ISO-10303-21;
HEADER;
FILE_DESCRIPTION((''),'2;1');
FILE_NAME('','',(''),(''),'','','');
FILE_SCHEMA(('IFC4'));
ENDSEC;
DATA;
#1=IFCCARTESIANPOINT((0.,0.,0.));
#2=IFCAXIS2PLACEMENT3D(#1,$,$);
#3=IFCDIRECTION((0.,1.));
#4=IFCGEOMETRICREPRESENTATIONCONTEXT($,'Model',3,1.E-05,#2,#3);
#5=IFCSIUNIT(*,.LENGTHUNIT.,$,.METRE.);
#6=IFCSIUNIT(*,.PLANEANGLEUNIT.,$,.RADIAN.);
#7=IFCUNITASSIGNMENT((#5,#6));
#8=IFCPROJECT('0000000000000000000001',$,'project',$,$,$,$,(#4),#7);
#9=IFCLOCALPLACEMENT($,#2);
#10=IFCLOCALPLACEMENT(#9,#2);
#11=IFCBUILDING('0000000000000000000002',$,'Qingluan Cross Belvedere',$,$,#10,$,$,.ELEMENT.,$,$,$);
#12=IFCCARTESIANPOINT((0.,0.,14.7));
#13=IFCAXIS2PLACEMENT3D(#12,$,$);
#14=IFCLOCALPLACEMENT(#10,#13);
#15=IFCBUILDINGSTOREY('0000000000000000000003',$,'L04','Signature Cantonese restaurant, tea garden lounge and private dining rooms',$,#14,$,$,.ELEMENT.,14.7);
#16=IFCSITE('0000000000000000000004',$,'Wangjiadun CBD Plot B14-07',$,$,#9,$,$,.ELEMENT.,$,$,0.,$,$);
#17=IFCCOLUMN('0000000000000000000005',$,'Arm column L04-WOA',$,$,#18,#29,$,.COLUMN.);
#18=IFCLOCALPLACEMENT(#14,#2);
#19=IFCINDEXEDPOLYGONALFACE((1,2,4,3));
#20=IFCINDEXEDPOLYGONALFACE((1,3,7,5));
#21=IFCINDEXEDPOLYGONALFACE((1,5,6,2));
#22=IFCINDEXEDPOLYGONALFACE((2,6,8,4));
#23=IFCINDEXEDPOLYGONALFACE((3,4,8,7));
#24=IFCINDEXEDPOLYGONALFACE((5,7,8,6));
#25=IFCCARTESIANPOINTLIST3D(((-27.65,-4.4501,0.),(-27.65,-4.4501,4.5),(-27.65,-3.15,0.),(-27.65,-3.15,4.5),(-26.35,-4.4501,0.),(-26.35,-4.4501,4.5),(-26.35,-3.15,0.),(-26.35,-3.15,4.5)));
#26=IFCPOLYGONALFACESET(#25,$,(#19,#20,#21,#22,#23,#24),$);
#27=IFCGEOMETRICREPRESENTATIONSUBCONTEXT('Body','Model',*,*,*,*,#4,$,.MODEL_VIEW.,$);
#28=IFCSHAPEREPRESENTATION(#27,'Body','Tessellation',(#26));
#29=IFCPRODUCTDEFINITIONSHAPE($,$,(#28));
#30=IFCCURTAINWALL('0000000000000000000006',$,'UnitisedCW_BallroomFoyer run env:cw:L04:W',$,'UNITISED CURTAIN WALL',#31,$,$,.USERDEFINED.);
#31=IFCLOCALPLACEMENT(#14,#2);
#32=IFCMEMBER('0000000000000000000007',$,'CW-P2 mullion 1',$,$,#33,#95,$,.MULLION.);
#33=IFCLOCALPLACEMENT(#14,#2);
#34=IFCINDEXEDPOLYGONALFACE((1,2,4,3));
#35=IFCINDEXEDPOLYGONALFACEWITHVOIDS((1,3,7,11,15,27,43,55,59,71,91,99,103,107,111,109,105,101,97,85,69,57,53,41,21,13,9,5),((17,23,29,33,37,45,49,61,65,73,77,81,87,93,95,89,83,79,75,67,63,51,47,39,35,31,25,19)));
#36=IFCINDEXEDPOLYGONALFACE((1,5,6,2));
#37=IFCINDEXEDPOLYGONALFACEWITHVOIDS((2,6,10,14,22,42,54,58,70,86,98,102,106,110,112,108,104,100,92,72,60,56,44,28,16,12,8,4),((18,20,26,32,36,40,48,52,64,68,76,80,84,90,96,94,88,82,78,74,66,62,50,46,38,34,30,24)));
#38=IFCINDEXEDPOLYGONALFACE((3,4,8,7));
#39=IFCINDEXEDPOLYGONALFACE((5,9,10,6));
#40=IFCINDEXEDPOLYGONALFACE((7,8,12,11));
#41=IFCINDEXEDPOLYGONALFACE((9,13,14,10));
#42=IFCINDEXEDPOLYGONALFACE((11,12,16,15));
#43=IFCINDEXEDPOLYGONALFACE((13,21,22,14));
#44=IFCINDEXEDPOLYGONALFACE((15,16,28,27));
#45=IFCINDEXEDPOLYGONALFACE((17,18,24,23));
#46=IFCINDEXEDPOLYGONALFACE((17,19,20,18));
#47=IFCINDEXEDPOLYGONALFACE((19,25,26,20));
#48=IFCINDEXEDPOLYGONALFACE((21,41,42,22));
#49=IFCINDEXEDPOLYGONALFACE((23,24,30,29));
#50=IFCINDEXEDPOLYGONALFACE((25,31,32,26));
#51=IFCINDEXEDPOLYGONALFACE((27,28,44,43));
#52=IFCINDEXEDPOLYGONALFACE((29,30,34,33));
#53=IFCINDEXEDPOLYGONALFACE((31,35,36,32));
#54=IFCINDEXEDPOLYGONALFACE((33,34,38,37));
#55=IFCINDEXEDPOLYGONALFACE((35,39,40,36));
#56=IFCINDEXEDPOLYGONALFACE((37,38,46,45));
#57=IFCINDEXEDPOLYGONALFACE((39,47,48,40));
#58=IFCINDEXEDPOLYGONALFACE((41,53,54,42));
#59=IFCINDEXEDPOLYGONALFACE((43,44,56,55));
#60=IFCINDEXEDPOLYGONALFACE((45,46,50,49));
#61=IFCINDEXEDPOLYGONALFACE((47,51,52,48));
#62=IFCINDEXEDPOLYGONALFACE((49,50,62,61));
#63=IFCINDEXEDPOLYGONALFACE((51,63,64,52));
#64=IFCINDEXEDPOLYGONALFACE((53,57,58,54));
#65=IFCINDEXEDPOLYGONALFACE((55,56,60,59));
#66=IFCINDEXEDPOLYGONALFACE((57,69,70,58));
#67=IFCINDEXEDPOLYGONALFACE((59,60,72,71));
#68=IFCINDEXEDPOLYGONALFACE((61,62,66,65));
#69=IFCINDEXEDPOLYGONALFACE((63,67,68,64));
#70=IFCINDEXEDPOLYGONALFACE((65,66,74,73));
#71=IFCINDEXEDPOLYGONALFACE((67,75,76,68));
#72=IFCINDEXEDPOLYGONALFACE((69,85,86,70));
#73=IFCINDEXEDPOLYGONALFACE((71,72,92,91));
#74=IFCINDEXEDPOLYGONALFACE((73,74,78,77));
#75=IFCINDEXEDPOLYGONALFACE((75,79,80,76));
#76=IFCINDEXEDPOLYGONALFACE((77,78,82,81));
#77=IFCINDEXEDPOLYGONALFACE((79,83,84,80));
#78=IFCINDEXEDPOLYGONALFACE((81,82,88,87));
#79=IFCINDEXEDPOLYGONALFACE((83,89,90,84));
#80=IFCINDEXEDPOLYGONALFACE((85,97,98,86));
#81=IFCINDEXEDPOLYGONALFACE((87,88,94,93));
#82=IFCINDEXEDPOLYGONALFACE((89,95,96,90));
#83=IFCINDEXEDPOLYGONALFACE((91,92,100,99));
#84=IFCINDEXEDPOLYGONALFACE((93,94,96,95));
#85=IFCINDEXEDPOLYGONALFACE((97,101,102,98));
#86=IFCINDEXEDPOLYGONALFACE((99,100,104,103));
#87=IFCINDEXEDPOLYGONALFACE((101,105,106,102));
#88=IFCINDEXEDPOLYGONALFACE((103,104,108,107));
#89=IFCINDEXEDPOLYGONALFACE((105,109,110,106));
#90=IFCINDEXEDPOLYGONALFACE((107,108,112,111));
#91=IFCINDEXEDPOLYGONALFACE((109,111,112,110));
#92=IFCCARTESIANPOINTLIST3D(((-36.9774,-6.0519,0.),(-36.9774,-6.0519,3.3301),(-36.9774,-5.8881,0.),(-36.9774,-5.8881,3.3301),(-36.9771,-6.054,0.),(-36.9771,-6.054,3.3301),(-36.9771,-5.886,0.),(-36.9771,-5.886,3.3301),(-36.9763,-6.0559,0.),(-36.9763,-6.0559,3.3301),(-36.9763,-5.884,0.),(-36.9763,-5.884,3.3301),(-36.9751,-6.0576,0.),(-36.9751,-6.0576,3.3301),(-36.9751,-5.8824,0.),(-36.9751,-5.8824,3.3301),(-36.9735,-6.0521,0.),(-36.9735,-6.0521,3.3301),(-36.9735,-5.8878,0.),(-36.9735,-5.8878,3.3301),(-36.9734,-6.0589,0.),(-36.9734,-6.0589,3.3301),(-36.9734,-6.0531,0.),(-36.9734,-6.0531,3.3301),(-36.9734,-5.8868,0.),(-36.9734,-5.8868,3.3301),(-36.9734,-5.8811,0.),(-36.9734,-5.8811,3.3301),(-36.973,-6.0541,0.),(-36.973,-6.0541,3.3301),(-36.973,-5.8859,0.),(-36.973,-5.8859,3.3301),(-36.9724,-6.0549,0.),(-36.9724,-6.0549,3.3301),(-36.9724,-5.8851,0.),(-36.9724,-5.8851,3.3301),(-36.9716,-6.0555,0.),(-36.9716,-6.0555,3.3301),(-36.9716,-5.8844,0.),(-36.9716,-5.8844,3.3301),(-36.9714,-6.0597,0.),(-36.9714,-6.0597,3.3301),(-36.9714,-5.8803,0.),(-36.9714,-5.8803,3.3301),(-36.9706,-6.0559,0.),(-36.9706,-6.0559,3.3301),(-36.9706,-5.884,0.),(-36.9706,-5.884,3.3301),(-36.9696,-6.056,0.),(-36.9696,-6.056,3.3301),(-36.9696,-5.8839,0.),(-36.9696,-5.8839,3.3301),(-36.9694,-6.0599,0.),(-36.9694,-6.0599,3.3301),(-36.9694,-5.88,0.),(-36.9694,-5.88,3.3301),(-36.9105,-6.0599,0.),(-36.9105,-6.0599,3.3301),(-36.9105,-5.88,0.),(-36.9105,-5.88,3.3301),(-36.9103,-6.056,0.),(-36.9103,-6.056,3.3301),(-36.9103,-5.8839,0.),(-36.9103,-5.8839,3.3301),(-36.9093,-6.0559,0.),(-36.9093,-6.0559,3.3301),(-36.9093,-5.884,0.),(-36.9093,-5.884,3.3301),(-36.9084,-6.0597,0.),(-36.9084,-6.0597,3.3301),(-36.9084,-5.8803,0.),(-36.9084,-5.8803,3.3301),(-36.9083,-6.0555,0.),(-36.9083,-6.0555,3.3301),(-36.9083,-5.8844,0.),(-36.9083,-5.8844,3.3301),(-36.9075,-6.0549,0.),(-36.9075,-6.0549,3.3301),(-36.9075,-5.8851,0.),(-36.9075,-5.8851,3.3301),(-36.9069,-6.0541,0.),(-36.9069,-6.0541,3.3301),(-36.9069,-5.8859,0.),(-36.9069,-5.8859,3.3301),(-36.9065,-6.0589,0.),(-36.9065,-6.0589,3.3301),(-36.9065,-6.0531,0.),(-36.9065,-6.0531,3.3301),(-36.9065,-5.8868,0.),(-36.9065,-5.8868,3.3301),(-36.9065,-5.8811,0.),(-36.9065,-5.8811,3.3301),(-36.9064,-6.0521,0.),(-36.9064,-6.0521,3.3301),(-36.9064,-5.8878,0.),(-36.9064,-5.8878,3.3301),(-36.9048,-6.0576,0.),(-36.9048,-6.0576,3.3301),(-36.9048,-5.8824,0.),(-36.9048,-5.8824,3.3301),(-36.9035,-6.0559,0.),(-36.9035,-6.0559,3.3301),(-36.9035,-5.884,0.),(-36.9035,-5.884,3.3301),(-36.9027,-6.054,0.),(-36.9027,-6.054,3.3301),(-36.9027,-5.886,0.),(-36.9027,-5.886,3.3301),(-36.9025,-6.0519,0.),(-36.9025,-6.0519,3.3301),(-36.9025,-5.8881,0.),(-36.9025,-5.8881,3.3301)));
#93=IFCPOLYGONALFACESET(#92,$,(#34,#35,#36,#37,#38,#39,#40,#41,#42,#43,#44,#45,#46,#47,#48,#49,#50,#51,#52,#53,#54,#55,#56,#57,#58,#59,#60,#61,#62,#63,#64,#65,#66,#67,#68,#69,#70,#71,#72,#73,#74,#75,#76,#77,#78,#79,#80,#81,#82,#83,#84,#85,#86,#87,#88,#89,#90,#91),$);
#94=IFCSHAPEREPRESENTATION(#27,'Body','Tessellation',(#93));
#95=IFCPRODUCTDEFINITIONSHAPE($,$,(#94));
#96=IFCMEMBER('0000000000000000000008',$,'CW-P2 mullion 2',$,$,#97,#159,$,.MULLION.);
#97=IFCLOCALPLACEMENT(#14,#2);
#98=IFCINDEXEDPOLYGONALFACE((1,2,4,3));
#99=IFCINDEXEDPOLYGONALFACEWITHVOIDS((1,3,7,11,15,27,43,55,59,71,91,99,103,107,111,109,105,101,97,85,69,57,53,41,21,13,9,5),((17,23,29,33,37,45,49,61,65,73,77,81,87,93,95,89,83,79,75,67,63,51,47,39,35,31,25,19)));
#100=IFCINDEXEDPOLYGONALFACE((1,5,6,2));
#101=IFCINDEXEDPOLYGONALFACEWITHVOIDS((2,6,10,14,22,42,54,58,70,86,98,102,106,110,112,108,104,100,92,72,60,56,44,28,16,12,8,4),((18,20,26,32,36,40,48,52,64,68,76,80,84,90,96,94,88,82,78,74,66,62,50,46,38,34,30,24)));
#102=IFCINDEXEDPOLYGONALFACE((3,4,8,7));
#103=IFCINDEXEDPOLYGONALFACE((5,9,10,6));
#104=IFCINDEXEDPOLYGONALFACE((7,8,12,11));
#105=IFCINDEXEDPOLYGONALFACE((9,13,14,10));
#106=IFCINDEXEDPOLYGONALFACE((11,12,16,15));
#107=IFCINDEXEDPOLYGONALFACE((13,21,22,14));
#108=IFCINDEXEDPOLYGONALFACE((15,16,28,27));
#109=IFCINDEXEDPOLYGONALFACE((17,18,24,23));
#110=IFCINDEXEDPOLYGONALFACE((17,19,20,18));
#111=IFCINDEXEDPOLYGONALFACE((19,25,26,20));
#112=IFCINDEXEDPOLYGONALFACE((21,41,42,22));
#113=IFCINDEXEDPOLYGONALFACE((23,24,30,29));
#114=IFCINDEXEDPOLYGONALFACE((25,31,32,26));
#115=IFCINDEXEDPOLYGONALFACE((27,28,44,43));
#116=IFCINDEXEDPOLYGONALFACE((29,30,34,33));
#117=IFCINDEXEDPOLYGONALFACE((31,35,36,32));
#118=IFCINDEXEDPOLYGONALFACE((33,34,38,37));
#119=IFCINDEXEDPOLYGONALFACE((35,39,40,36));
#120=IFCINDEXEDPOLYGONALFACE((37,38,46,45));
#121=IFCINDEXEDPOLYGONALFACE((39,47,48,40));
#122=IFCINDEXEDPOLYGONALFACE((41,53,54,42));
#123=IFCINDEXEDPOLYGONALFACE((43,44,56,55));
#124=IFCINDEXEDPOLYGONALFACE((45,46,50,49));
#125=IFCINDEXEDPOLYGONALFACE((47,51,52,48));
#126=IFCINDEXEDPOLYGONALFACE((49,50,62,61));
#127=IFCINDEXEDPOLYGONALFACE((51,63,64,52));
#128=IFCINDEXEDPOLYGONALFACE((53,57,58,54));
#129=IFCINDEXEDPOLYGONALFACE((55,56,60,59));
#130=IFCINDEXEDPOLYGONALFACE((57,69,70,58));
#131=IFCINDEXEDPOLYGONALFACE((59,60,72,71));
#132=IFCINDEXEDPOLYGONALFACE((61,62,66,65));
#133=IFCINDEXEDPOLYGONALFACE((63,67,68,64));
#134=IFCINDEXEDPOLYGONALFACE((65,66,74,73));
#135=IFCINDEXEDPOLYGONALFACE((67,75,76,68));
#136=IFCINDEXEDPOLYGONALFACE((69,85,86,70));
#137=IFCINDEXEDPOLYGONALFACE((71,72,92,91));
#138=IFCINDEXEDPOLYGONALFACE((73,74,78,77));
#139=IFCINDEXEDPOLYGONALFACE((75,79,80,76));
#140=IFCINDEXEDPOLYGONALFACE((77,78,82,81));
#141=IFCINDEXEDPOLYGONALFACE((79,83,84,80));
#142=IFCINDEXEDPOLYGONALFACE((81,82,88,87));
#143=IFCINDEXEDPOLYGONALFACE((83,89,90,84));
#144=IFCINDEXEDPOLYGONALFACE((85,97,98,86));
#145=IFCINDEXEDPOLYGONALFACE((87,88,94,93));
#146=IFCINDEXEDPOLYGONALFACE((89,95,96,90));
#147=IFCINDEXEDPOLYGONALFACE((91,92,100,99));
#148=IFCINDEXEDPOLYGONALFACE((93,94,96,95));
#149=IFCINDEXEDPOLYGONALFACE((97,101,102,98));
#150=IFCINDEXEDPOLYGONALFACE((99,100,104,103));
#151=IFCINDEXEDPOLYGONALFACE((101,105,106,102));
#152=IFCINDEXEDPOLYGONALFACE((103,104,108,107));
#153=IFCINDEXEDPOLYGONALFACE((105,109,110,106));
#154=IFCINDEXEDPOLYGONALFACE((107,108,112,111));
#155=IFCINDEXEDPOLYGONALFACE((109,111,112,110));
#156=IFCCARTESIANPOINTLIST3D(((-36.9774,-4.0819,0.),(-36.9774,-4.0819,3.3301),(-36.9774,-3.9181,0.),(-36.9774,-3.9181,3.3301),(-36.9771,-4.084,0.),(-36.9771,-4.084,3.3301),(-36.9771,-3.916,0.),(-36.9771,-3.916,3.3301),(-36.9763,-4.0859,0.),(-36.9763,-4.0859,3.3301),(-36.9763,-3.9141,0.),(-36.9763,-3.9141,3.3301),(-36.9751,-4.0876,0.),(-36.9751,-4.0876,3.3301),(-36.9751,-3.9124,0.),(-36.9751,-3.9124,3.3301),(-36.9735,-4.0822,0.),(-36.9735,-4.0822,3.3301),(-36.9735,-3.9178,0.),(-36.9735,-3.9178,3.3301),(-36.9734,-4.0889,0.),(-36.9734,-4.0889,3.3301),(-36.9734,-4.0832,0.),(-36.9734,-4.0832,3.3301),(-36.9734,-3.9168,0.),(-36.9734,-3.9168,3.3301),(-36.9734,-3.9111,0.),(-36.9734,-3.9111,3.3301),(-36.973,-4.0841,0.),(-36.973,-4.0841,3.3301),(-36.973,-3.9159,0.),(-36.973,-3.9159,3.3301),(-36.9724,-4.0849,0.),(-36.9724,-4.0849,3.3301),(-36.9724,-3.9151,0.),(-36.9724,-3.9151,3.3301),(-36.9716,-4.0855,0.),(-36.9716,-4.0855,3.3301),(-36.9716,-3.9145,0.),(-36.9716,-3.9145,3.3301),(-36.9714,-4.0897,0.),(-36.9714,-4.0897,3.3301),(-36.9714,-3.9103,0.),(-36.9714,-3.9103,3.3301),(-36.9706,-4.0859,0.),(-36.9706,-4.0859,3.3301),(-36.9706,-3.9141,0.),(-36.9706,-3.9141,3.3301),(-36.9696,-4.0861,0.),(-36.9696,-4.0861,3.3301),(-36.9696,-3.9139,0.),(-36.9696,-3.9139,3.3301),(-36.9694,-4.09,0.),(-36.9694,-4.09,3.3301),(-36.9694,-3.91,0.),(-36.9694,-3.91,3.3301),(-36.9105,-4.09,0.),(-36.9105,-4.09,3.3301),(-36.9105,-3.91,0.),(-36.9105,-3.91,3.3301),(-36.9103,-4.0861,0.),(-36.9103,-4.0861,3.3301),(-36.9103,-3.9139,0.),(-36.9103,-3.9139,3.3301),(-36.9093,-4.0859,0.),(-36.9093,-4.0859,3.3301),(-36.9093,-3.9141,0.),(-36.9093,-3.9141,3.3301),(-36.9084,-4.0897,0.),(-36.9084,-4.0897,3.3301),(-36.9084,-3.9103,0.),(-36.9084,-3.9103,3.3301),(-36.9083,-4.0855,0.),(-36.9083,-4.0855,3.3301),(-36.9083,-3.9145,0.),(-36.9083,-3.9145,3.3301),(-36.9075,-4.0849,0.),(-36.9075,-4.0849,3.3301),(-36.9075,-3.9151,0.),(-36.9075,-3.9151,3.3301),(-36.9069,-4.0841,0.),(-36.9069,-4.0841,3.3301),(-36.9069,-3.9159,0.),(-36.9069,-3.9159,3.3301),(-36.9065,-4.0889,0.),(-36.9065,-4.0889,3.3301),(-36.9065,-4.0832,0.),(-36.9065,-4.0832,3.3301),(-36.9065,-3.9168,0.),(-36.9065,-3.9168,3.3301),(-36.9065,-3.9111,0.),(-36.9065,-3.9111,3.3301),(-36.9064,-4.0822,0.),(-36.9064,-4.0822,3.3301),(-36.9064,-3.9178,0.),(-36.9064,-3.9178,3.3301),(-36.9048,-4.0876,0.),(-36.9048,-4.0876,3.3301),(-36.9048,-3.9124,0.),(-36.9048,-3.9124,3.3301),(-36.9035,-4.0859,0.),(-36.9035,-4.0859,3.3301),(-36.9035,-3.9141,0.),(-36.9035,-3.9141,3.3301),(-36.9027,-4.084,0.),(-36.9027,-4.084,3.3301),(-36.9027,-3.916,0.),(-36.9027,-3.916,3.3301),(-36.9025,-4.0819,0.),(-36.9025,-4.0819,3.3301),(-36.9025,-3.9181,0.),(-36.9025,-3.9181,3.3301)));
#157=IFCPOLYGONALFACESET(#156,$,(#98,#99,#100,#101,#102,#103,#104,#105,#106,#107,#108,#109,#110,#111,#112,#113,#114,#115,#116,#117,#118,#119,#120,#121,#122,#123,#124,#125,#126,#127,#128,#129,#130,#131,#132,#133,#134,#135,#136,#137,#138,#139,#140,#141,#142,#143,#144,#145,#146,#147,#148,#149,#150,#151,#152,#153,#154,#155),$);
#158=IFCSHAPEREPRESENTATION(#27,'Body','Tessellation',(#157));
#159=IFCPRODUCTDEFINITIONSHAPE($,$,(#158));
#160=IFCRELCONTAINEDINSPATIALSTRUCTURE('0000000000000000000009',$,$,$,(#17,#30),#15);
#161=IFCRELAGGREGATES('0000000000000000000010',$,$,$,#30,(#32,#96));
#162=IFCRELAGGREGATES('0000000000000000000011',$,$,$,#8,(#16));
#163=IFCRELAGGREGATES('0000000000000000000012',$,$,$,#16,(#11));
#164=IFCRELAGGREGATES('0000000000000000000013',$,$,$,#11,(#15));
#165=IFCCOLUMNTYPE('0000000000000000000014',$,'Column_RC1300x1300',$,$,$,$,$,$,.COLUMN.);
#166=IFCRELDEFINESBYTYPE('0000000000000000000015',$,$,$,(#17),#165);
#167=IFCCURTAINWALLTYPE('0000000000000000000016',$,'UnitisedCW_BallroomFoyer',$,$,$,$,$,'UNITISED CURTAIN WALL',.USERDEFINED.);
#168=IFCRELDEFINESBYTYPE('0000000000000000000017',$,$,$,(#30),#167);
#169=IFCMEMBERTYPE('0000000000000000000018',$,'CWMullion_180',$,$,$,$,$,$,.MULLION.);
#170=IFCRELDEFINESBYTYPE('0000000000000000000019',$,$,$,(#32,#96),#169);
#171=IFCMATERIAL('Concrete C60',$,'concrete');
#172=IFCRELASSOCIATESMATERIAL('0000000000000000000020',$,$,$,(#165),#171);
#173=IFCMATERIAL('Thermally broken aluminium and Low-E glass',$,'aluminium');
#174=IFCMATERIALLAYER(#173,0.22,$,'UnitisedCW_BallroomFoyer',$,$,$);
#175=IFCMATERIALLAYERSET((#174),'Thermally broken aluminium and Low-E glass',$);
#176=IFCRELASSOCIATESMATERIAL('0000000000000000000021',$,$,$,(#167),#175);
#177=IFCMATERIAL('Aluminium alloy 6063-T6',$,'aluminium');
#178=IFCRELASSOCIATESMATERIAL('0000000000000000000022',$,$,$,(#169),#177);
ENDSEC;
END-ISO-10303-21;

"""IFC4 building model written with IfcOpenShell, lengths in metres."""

from ifc_helpers import new_model, si_unit, direction, frame, origin, origin_2d, place, context, subcontext, project, spatial, rectangle, hollow_rectangle, extrude, material, layer, layer_set, material_profile, profile_set, type_object, element, aggregate, save


model = new_model("IFC4")

# Units and contexts
model_context = context("Model", 3, precision=1e-05, world=origin(), true_north=direction((0.0, 1.0)))
body_context = subcontext(model_context, "Body", "Model", "MODEL_VIEW")
ifc_project = project(units=[si_unit("LENGTHUNIT", "METRE"), si_unit("PLANEANGLEUNIT", "RADIAN")], contexts=[model_context])

# Site, building, storey
site_placement = place(None, origin())
site = spatial("IfcSite", under=ifc_project, at=site_placement, Name="Wangjiadun CBD Plot B14-07", CompositionType="ELEMENT", RefElevation=0.0)
building_placement = place(site_placement, origin())
building = spatial("IfcBuilding", under=site, at=building_placement, Name="Qingluan Cross Belvedere", CompositionType="ELEMENT")
storey_placement = place(building_placement, frame((0.0, 0.0, 14.7)))
storey = spatial("IfcBuildingStorey", under=building, at=storey_placement, Name="L04", Description="Signature Cantonese restaurant, tea garden lounge and private dining rooms", CompositionType="ELEMENT", Elevation=14.7)

# Column
ifc_material_1 = material(Name="Concrete C60", Category="concrete")
ifc_material_profile_1 = material_profile(ifc_material_1, rectangle(XDim=1.3, YDim=1.3, at=origin_2d()), Name="RC1300x1300")
ifc_profile_set_1 = profile_set([ifc_material_profile_1], Name="Concrete C60")
column_type = type_object("IfcColumnType", Name="Column_RC1300x1300", PredefinedType="COLUMN", material=ifc_profile_set_1)
column_placement = place(storey_placement, frame((-27.0, -3.8, 0.0), z_axis=(0.0, 0.0, 1.0), x_axis=(1.0, 0.0, 0.0)))
element("IfcColumn", 1, at=column_placement, inside=storey, type_object=column_type, Name="Arm column L04-WOA", PredefinedType="COLUMN", context=body_context, shape_type="SweptSolid", body=[
    extrude(rectangle(XDim=1.3, YDim=1.3, at=origin_2d()), origin(), (0.0, 0.0, 1.0), 4.5),
])

# Curtain wall, members
ifc_material_2 = material(Name="Thermally broken aluminium and Low-E glass", Category="aluminium")
ifc_layer_1 = layer(ifc_material_2, 0.22, Name="UnitisedCW_BallroomFoyer")
ifc_layer_set_1 = layer_set([ifc_layer_1], Name="Thermally broken aluminium and Low-E glass")
curtain_wall_type = type_object("IfcCurtainWallType", Name="UnitisedCW_BallroomFoyer", ElementType="UNITISED CURTAIN WALL", PredefinedType="USERDEFINED", material=ifc_layer_set_1)
curtain_wall_placement = place(storey_placement, origin())
curtain_wall = element("IfcCurtainWall", 2, at=curtain_wall_placement, inside=storey, type_object=curtain_wall_type, Name="UnitisedCW_BallroomFoyer run env:cw:L04:W", ObjectType="UNITISED CURTAIN WALL", PredefinedType="USERDEFINED")
ifc_material_3 = material(Name="Aluminium alloy 6063-T6", Category="aluminium")
ifc_material_profile_2 = material_profile(ifc_material_3, hollow_rectangle(XDim=0.075, YDim=0.1799, WallThickness=0.0039, InnerFilletRadius=0.0039, OuterFilletRadius=0.0081, at=origin_2d()), Name="CWM180x75x4")
ifc_profile_set_2 = profile_set([ifc_material_profile_2], Name="Aluminium alloy 6063-T6")
member_type_1 = type_object("IfcMemberType", Name="CWMullion_180", PredefinedType="MULLION", material=ifc_profile_set_2)
member_1_placement = place(storey_placement, frame((-36.9399, -5.97, 0.0), z_axis=(0.0, 0.0, 1.0), x_axis=(-1.0, 0.0, 0.0)))
member_1 = element("IfcMember", 3, at=member_1_placement, type_object=member_type_1, Name="CW-P2 mullion 1", PredefinedType="MULLION", context=body_context, shape_type="SweptSolid", body=[
    extrude(hollow_rectangle(XDim=0.075, YDim=0.1799, WallThickness=0.0039, InnerFilletRadius=0.0039, OuterFilletRadius=0.0081, at=origin_2d()), origin(), (0.0, 0.0, 1.0), 3.3301),
])
member_2_placement = place(storey_placement, frame((-36.9399, -4.0, 0.0), z_axis=(0.0, 0.0, 1.0), x_axis=(-1.0, 0.0, 0.0)))
member_2 = element("IfcMember", 4, at=member_2_placement, type_object=member_type_1, Name="CW-P2 mullion 2", PredefinedType="MULLION", context=body_context, shape_type="SweptSolid", body=[
    extrude(hollow_rectangle(XDim=0.075, YDim=0.1799, WallThickness=0.0039, InnerFilletRadius=0.0039, OuterFilletRadius=0.0081, at=origin_2d()), origin(), (0.0, 0.0, 1.0), 3.3301),
])

aggregate(curtain_wall, [member_1, member_2])

save(model, "model.ifc")
